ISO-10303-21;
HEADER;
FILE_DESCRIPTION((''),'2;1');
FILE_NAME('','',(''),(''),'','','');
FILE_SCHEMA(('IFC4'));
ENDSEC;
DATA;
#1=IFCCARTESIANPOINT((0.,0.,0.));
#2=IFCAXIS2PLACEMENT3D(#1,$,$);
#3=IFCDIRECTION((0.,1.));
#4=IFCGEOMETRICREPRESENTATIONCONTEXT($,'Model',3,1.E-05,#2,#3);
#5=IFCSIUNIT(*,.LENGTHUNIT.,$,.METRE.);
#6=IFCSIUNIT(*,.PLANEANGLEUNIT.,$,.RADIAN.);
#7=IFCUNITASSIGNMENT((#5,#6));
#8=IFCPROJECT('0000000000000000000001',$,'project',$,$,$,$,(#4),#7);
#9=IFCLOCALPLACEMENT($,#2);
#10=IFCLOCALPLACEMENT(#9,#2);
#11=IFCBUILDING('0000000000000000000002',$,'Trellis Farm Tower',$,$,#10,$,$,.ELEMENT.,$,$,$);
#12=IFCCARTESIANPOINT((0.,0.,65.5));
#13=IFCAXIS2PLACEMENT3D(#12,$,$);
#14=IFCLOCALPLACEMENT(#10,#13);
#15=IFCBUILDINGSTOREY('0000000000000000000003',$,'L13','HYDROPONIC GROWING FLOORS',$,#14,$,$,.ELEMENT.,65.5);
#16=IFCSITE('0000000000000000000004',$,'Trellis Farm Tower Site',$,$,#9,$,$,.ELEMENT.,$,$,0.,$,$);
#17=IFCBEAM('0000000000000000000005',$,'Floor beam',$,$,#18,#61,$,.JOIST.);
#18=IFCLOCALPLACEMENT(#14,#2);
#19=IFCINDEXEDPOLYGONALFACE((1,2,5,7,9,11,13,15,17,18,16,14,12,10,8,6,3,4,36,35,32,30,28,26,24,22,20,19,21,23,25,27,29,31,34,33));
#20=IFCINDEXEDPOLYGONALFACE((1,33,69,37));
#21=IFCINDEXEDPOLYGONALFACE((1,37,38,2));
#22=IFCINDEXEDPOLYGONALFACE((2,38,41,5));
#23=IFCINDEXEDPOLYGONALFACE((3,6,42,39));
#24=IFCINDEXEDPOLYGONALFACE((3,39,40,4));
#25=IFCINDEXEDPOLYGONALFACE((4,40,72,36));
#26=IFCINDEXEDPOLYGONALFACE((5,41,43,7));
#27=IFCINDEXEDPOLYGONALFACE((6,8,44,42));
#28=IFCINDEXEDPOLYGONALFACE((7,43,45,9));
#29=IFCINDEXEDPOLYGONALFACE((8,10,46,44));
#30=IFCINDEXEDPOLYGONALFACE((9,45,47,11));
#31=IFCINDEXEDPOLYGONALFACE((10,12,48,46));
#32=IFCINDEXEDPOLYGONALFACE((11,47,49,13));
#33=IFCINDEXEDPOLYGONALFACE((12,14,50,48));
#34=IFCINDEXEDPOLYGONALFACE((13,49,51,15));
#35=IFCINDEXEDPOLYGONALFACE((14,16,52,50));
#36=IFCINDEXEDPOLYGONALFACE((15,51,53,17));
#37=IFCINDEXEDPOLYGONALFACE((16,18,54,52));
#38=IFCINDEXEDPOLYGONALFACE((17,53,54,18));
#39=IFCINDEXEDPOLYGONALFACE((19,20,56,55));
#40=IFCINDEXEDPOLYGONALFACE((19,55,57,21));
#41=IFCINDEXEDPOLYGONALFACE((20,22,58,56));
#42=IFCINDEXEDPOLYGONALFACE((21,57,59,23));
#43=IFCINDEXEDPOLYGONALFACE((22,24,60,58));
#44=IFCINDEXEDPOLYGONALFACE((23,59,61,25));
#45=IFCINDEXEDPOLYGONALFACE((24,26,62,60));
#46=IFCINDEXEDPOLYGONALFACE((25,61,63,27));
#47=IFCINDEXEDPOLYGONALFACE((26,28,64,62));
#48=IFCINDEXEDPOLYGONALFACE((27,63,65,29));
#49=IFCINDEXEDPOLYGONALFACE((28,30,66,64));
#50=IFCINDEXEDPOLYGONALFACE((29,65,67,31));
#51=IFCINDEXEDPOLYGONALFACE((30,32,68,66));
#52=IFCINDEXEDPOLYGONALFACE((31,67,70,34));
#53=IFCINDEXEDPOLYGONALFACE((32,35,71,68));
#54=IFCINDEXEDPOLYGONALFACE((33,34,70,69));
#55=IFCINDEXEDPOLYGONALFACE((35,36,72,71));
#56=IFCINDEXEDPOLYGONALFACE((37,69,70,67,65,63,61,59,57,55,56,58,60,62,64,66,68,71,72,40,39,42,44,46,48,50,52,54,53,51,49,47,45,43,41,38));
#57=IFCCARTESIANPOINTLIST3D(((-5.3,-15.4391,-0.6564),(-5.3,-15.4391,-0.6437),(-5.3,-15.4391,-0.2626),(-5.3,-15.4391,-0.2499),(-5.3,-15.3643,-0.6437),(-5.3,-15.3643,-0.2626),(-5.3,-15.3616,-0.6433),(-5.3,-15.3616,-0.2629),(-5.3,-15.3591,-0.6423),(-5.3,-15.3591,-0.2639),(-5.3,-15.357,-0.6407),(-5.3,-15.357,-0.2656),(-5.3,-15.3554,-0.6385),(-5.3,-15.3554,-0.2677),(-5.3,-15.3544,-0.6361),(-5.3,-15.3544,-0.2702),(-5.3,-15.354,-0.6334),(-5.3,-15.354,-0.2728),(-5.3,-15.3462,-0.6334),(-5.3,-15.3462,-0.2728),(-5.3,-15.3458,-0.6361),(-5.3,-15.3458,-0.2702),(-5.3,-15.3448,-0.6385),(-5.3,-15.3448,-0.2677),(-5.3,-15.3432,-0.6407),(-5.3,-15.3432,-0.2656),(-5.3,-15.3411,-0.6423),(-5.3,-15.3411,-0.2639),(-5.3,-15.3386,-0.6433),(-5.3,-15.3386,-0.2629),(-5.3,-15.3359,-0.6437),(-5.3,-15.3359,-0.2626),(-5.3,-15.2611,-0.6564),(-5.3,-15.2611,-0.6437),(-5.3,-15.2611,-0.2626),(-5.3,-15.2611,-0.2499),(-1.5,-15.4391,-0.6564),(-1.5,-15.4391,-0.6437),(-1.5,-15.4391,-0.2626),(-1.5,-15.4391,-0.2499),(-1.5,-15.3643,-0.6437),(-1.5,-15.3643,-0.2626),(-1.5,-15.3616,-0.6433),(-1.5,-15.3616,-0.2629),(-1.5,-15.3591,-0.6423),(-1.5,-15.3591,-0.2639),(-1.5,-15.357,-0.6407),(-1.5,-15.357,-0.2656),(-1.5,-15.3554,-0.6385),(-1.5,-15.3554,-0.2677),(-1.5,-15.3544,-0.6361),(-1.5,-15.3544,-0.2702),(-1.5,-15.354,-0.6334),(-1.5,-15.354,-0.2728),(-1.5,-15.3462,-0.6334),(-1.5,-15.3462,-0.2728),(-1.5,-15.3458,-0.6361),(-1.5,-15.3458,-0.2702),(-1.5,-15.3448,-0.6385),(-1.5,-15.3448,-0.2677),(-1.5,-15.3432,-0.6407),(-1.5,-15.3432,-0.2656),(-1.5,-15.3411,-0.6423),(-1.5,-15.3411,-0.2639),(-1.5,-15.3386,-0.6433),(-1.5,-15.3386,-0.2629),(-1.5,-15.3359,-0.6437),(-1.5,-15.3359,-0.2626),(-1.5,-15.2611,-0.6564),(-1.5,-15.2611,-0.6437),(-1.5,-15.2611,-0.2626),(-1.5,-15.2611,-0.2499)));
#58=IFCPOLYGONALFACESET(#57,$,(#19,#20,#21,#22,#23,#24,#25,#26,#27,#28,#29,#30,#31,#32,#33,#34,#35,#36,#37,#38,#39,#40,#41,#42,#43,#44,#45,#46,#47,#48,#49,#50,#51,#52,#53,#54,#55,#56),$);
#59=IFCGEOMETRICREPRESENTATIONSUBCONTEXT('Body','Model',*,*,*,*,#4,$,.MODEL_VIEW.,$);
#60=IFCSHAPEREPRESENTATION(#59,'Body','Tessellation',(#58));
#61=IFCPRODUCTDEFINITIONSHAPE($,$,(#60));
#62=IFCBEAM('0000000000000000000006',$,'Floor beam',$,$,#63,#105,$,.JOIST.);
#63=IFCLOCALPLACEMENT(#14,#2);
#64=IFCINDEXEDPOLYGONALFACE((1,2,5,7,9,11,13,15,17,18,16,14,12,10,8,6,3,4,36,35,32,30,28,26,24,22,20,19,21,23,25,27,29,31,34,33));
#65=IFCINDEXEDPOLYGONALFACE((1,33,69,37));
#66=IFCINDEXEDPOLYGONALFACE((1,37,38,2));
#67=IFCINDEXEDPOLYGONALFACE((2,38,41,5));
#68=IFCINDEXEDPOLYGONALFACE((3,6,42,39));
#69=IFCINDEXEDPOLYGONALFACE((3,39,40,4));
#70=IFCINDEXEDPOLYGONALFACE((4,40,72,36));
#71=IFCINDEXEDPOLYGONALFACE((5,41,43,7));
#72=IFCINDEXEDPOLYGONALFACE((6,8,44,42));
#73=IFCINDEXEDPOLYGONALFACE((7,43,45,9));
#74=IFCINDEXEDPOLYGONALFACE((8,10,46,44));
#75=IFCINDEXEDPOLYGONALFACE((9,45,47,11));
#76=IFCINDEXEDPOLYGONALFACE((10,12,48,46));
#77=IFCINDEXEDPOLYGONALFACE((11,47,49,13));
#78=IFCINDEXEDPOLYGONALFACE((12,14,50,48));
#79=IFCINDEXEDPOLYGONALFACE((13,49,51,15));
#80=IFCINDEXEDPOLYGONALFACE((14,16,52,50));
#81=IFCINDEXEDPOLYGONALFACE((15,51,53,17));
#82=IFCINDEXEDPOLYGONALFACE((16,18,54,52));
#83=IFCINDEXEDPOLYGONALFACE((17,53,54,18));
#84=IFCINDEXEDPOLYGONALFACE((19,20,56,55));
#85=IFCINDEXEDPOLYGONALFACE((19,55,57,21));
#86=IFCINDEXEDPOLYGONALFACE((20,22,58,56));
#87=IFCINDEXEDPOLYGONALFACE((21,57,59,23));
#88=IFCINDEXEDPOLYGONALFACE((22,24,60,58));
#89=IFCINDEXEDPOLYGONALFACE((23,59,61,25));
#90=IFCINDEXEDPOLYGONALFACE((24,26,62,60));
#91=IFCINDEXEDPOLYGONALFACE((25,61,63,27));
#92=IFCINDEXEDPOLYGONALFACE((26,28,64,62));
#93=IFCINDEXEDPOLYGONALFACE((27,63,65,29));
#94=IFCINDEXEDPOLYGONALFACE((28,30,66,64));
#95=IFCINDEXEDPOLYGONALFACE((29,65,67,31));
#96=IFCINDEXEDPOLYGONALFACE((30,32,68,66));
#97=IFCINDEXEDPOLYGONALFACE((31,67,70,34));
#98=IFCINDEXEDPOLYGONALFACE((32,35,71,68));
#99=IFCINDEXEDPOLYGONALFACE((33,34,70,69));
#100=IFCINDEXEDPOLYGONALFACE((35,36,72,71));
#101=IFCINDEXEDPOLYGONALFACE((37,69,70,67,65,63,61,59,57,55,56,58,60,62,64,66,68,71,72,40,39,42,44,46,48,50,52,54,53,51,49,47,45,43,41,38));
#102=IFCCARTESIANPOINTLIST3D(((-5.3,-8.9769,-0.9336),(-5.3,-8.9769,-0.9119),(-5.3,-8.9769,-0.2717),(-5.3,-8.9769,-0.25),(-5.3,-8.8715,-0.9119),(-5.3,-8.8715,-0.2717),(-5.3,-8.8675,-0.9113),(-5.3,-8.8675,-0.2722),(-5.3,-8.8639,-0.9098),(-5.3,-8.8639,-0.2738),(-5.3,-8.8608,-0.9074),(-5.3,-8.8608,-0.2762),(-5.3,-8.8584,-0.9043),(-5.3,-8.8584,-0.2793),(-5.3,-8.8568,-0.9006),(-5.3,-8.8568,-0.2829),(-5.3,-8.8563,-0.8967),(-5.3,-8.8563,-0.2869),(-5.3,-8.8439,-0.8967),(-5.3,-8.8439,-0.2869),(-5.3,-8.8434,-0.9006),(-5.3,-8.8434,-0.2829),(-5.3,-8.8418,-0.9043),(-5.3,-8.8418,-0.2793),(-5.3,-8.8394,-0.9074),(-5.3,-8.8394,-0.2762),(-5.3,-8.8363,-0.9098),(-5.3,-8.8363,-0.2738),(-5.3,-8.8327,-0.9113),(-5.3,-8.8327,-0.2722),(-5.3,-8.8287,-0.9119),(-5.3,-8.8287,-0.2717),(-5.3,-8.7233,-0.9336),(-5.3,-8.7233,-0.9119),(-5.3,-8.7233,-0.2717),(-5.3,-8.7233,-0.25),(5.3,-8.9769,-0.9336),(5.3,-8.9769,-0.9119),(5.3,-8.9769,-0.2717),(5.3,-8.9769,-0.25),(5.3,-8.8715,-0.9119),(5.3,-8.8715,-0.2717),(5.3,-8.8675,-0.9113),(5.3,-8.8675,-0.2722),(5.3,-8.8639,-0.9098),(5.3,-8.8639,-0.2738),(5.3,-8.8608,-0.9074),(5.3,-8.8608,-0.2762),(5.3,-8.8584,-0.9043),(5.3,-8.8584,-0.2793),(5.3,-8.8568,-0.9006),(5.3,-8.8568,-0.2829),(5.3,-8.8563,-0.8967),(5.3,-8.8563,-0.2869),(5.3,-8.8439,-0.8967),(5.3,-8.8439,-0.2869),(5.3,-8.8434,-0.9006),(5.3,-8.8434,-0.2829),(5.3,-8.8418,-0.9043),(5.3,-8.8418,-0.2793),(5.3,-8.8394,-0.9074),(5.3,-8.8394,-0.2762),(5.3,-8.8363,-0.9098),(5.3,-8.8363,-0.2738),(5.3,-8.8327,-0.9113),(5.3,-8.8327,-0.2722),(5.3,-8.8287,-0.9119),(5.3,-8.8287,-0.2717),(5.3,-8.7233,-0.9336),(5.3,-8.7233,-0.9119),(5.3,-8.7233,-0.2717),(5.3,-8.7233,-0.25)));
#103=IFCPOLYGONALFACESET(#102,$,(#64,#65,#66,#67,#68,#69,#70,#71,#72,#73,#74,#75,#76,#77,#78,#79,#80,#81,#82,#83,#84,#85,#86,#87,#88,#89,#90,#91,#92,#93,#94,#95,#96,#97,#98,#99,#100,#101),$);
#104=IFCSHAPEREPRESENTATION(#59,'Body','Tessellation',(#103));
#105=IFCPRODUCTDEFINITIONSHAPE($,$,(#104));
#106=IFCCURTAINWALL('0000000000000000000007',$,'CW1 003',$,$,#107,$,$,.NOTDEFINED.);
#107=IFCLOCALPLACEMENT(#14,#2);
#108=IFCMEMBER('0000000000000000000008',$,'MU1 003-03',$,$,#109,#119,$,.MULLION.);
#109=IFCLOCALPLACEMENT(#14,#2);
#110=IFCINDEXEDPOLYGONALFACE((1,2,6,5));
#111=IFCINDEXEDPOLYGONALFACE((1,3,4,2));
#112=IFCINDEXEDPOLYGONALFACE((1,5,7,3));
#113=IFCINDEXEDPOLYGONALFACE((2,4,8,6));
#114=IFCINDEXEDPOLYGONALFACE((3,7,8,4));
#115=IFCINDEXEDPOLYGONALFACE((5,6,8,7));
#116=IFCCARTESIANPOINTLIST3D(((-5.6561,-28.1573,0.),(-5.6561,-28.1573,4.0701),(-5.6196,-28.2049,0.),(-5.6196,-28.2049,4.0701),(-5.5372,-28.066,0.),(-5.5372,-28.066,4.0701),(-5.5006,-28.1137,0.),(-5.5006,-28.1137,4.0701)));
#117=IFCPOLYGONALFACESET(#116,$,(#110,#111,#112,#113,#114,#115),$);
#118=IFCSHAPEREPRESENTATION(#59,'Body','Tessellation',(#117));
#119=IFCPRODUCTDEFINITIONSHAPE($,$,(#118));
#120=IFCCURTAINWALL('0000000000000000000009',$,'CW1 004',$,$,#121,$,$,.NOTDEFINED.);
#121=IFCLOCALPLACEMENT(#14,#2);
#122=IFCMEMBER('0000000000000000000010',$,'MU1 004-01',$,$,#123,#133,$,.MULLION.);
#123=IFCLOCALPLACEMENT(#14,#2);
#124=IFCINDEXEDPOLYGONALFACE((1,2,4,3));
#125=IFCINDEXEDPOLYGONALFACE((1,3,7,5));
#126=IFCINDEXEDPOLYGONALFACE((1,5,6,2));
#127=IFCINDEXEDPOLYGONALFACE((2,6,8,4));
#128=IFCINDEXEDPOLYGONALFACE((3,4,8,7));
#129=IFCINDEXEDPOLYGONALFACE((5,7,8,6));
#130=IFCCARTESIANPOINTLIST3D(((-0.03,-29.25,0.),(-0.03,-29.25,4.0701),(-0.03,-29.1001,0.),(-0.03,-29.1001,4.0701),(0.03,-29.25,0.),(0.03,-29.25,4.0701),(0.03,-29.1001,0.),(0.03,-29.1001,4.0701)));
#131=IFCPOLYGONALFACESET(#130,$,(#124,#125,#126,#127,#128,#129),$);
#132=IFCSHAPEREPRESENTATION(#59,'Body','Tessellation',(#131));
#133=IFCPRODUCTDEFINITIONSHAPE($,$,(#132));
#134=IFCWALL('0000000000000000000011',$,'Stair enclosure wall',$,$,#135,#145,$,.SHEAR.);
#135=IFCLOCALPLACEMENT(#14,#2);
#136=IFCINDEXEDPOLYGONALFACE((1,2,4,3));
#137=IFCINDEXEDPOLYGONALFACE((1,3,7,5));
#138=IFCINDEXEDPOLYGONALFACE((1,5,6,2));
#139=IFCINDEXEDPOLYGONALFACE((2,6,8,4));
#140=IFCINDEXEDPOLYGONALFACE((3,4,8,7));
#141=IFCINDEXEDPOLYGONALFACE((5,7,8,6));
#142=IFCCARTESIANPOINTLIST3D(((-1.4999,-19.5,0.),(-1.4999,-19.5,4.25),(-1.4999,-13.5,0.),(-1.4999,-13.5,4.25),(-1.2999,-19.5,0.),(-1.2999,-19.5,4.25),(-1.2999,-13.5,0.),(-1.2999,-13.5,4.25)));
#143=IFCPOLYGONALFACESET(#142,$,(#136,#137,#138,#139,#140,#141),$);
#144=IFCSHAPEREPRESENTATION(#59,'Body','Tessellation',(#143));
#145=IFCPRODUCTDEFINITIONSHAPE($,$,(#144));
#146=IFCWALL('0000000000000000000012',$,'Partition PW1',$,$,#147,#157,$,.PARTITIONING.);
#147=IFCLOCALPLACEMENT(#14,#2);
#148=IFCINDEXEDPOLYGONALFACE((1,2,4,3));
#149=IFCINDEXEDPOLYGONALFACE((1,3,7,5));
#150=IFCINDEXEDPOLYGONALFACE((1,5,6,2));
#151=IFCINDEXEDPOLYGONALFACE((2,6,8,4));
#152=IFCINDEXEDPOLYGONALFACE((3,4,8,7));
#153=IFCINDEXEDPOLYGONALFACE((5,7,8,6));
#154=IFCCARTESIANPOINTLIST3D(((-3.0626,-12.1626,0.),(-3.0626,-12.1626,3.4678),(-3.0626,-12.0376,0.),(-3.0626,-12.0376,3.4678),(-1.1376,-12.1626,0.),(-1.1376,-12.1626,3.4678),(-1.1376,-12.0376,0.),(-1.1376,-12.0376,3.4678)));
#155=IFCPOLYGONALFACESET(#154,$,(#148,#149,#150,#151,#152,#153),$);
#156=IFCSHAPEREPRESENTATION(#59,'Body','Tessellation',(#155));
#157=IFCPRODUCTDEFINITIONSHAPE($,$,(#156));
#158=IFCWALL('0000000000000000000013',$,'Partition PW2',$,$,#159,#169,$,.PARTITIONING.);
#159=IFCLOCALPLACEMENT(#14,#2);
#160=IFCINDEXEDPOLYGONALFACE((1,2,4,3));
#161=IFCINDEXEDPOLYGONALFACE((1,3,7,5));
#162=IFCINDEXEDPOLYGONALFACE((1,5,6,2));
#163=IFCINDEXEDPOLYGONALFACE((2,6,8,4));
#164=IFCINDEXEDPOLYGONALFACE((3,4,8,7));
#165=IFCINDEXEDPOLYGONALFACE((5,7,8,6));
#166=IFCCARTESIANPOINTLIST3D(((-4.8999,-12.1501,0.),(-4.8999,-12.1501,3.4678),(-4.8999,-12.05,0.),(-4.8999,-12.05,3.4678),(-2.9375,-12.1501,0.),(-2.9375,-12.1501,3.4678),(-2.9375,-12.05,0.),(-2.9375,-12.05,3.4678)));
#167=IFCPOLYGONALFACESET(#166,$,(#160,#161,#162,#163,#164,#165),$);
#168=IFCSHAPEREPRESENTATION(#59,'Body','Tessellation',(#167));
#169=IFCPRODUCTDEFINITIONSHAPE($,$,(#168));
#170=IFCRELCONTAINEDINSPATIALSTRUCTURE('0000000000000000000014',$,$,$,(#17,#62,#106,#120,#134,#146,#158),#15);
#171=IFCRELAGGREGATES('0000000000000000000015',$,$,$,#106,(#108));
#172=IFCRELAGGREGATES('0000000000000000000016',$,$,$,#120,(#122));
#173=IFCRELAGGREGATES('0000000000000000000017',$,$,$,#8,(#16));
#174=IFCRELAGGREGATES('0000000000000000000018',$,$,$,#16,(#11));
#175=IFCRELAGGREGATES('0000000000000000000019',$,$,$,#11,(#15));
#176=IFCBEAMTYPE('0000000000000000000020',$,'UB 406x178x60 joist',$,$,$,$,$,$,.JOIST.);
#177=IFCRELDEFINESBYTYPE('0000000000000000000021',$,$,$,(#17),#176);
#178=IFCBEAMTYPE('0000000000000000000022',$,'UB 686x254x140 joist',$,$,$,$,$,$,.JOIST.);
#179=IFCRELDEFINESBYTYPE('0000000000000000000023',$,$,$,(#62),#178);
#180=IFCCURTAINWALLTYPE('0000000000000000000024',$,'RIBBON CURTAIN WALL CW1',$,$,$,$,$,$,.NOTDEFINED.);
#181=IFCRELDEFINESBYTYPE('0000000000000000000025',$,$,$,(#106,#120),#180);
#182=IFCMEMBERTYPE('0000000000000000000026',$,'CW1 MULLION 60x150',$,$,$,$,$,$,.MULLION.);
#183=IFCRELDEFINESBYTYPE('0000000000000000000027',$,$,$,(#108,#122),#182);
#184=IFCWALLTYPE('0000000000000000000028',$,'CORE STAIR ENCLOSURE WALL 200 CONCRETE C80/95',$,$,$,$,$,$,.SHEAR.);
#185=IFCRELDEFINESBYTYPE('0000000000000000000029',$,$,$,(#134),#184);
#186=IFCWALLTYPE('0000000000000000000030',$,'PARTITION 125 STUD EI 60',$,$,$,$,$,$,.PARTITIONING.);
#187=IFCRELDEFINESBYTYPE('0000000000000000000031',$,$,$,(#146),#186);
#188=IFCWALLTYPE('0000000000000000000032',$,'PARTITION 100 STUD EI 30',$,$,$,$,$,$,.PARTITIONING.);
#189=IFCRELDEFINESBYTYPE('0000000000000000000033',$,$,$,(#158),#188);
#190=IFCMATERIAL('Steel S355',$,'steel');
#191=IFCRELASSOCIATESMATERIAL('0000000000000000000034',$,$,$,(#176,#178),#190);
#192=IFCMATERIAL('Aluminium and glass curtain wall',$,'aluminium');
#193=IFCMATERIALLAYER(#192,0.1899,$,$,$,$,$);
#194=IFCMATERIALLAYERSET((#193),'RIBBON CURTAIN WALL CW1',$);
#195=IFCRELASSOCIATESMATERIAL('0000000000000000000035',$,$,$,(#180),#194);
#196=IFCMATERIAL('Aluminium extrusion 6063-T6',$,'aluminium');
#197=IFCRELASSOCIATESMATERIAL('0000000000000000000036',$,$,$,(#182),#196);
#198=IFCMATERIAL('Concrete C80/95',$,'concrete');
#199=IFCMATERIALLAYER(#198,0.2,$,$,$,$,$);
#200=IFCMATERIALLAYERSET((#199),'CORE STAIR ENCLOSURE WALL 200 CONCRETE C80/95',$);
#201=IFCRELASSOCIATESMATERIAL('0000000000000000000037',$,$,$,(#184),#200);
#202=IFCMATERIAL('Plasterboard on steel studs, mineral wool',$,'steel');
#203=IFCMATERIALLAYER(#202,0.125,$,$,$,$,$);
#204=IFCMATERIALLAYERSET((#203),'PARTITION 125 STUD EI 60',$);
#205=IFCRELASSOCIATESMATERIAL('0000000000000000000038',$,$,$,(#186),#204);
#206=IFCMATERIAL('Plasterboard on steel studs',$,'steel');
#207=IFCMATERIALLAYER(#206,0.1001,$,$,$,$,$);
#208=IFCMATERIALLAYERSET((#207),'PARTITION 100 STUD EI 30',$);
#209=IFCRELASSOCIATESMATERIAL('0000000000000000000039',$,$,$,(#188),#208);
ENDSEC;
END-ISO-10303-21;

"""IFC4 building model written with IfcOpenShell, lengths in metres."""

from ifc_helpers import new_model, si_unit, direction, frame, frame_2d, origin, origin_2d, place, context, subcontext, project, spatial, rectangle, i_section, extrude, source, transform, mapped, material, layer, layer_set, material_profile, profile_set, type_object, element, aggregate, save


model = new_model("IFC4")

# Units and contexts
model_context = context("Model", 3, precision=1e-05, world=origin(), true_north=direction((0.0, 1.0)))
body_context = subcontext(model_context, "Body", "Model", "MODEL_VIEW")
ifc_project = project(units=[si_unit("LENGTHUNIT", "METRE"), si_unit("PLANEANGLEUNIT", "RADIAN")], contexts=[model_context])

# Site, building, storey
site_placement = place(None, origin())
site = spatial("IfcSite", under=ifc_project, at=site_placement, Name="Trellis Farm Tower Site", CompositionType="ELEMENT", RefElevation=0.0)
building_placement = place(site_placement, origin())
building = spatial("IfcBuilding", under=site, at=building_placement, Name="Trellis Farm Tower", CompositionType="ELEMENT")
storey_placement = place(building_placement, frame((0.0, 0.0, 65.5)))
storey = spatial("IfcBuildingStorey", under=building, at=storey_placement, Name="L13", Description="HYDROPONIC GROWING FLOORS", CompositionType="ELEMENT", Elevation=65.5)

# Shared definitions
ifc_material_1 = material(Name="Concrete C80/95", Category="concrete")

# Beams
ifc_material_2 = material(Name="Steel S355", Category="steel")
ifc_material_profile_1 = material_profile(ifc_material_2, i_section(OverallWidth=0.178, OverallDepth=0.4065, WebThickness=0.0078, FlangeThickness=0.0127, FilletRadius=0.0103, at=origin_2d()), Name="UB 406x178x60")
ifc_profile_set_1 = profile_set([ifc_material_profile_1], Name="Steel S355")
beam_type_1 = type_object("IfcBeamType", Name="UB 406x178x60 joist", PredefinedType="JOIST", material=ifc_profile_set_1)
shared_shape_1 = source(origin(), body_context, "Body", "SweptSolid", [
    extrude(i_section(OverallWidth=0.178, OverallDepth=0.4065, WebThickness=0.0078, FlangeThickness=0.0127, FilletRadius=0.0103, at=origin_2d()), origin(), (0.0, 0.0, 1.0), 3.8),
])
beam_1_placement = place(storey_placement, frame((-5.3, -15.3501, -0.4531), z_axis=(1.0, 0.0, 0.0), x_axis=(0.0, 1.0, 0.0)))
element("IfcBeam", 1, at=beam_1_placement, inside=storey, type_object=beam_type_1, Name="Floor beam", PredefinedType="JOIST", context=body_context, shape_type="MappedRepresentation", body=[
    mapped(shared_shape_1, transform((0.0, 0.0, 0.0))),
])
ifc_material_profile_2 = material_profile(ifc_material_2, i_section(OverallWidth=0.2537, OverallDepth=0.6836, WebThickness=0.0125, FlangeThickness=0.0217, FilletRadius=0.0151, at=origin_2d()), Name="UB 686x254x140")
ifc_profile_set_2 = profile_set([ifc_material_profile_2], Name="Steel S355")
beam_type_2 = type_object("IfcBeamType", Name="UB 686x254x140 joist", PredefinedType="JOIST", material=ifc_profile_set_2)
shared_shape_2 = source(origin(), body_context, "Body", "SweptSolid", [
    extrude(i_section(OverallWidth=0.2537, OverallDepth=0.6836, WebThickness=0.0125, FlangeThickness=0.0217, FilletRadius=0.0151, at=origin_2d()), origin(), (0.0, 0.0, 1.0), 10.6001),
])
beam_2_placement = place(storey_placement, frame((-5.3, -8.8501, -0.5918), z_axis=(1.0, 0.0, 0.0), x_axis=(0.0, 1.0, 0.0)))
element("IfcBeam", 2, at=beam_2_placement, inside=storey, type_object=beam_type_2, Name="Floor beam", PredefinedType="JOIST", context=body_context, shape_type="MappedRepresentation", body=[
    mapped(shared_shape_2, transform((0.0, 0.0, 0.0))),
])

# Curtain walls, members
ifc_material_3 = material(Name="Aluminium and glass curtain wall", Category="aluminium")
ifc_layer_1 = layer(ifc_material_3, 0.1899)
ifc_layer_set_1 = layer_set([ifc_layer_1], Name="RIBBON CURTAIN WALL CW1")
curtain_wall_type = type_object("IfcCurtainWallType", Name="RIBBON CURTAIN WALL CW1", PredefinedType="NOTDEFINED", material=ifc_layer_set_1)
placement = place(storey_placement, origin())
curtain_wall_1 = element("IfcCurtainWall", 3, at=placement, inside=storey, type_object=curtain_wall_type, Name="CW1 003", PredefinedType="NOTDEFINED")
ifc_material_4 = material(Name="Aluminium extrusion 6063-T6", Category="aluminium")
ifc_material_profile_3 = material_profile(ifc_material_4, rectangle(XDim=0.0601, YDim=0.1499, at=origin_2d()), Name="MULLION 60x150")
ifc_profile_set_3 = profile_set([ifc_material_profile_3], Name="Aluminium extrusion 6063-T6")
member_type = type_object("IfcMemberType", Name="CW1 MULLION 60x150", PredefinedType="MULLION", material=ifc_profile_set_3)
shared_shape_3 = source(origin(), body_context, "Body", "SweptSolid", [
    extrude(rectangle(XDim=0.0601, YDim=0.1499, at=origin_2d()), origin(), (0.0, 0.0, 1.0), 4.0701),
])
member_1_placement = place(storey_placement, frame((-5.5784, -28.1355, 0.0), z_axis=(0.0, 0.0, 1.0), x_axis=(0.608761, -0.793353, 0.0)))
member_1 = element("IfcMember", 4, at=member_1_placement, type_object=member_type, Name="MU1 003-03", PredefinedType="MULLION", context=body_context, shape_type="MappedRepresentation", body=[
    mapped(shared_shape_3, transform((0.0, 0.0, 0.0))),
])
aggregate(curtain_wall_1, [member_1])
curtain_wall_2 = element("IfcCurtainWall", 5, at=placement, inside=storey, type_object=curtain_wall_type, Name="CW1 004", PredefinedType="NOTDEFINED")
member_2_placement = place(storey_placement, frame((0.0, -29.175, 0.0), z_axis=(0.0, 0.0, 1.0), x_axis=(1.0, 0.0, 0.0)))
member_2 = element("IfcMember", 6, at=member_2_placement, type_object=member_type, Name="MU1 004-01", PredefinedType="MULLION", context=body_context, shape_type="MappedRepresentation", body=[
    mapped(shared_shape_3, transform((0.0, 0.0, 0.0))),
])
aggregate(curtain_wall_2, [member_2])

# Walls
ifc_layer_2 = layer(ifc_material_1, 0.2)
ifc_layer_set_2 = layer_set([ifc_layer_2], Name="CORE STAIR ENCLOSURE WALL 200 CONCRETE C80/95")
wall_type_1 = type_object("IfcWallType", Name="CORE STAIR ENCLOSURE WALL 200 CONCRETE C80/95", PredefinedType="SHEAR", material=ifc_layer_set_2)
shared_shape_4 = source(origin(), body_context, "Body", "SweptSolid", [
    extrude(rectangle(XDim=6.0, YDim=0.2, at=frame_2d((3.0, 0.0))), origin(), (0.0, 0.0, 1.0), 4.25),
])
wall_1_placement = place(storey_placement, frame((-1.3999, -13.5, 0.0), z_axis=(0.0, 0.0, 1.0), x_axis=(0.0, -1.0, 0.0)))
element("IfcWall", 7, at=wall_1_placement, inside=storey, type_object=wall_type_1, Name="Stair enclosure wall", PredefinedType="SHEAR", context=body_context, shape_type="MappedRepresentation", body=[
    mapped(shared_shape_4, transform((0.0, 0.0, 0.0))),
])
ifc_material_5 = material(Name="Plasterboard on steel studs, mineral wool", Category="steel")
ifc_layer_3 = layer(ifc_material_5, 0.125)
ifc_layer_set_3 = layer_set([ifc_layer_3], Name="PARTITION 125 STUD EI 60")
wall_type_2 = type_object("IfcWallType", Name="PARTITION 125 STUD EI 60", PredefinedType="PARTITIONING", material=ifc_layer_set_3)
shared_shape_5 = source(origin(), body_context, "Body", "SweptSolid", [
    extrude(rectangle(XDim=1.925, YDim=0.125, at=frame_2d((0.9624, 0.0))), origin(), (0.0, 0.0, 1.0), 3.4678),
])
wall_2_placement = place(storey_placement, frame((-3.0625, -12.1001, 0.0), z_axis=(0.0, 0.0, 1.0), x_axis=(1.0, 0.0, 0.0)))
element("IfcWall", 8, at=wall_2_placement, inside=storey, type_object=wall_type_2, Name="Partition PW1", PredefinedType="PARTITIONING", context=body_context, shape_type="MappedRepresentation", body=[
    mapped(shared_shape_5, transform((0.0, 0.0, 0.0))),
])
ifc_material_6 = material(Name="Plasterboard on steel studs", Category="steel")
ifc_layer_4 = layer(ifc_material_6, 0.1001)
ifc_layer_set_4 = layer_set([ifc_layer_4], Name="PARTITION 100 STUD EI 30")
wall_type_3 = type_object("IfcWallType", Name="PARTITION 100 STUD EI 30", PredefinedType="PARTITIONING", material=ifc_layer_set_4)
shared_shape_6 = source(origin(), body_context, "Body", "SweptSolid", [
    extrude(rectangle(XDim=1.9624, YDim=0.1001, at=frame_2d((0.9812, 0.0))), origin(), (0.0, 0.0, 1.0), 3.4678),
])
wall_3_placement = place(storey_placement, frame((-4.8999, -12.1001, 0.0), z_axis=(0.0, 0.0, 1.0), x_axis=(1.0, 0.0, 0.0)))
element("IfcWall", 9, at=wall_3_placement, inside=storey, type_object=wall_type_3, Name="Partition PW2", PredefinedType="PARTITIONING", context=body_context, shape_type="MappedRepresentation", body=[
    mapped(shared_shape_6, transform((0.0, 0.0, 0.0))),
])

save(model, "model.ifc")
